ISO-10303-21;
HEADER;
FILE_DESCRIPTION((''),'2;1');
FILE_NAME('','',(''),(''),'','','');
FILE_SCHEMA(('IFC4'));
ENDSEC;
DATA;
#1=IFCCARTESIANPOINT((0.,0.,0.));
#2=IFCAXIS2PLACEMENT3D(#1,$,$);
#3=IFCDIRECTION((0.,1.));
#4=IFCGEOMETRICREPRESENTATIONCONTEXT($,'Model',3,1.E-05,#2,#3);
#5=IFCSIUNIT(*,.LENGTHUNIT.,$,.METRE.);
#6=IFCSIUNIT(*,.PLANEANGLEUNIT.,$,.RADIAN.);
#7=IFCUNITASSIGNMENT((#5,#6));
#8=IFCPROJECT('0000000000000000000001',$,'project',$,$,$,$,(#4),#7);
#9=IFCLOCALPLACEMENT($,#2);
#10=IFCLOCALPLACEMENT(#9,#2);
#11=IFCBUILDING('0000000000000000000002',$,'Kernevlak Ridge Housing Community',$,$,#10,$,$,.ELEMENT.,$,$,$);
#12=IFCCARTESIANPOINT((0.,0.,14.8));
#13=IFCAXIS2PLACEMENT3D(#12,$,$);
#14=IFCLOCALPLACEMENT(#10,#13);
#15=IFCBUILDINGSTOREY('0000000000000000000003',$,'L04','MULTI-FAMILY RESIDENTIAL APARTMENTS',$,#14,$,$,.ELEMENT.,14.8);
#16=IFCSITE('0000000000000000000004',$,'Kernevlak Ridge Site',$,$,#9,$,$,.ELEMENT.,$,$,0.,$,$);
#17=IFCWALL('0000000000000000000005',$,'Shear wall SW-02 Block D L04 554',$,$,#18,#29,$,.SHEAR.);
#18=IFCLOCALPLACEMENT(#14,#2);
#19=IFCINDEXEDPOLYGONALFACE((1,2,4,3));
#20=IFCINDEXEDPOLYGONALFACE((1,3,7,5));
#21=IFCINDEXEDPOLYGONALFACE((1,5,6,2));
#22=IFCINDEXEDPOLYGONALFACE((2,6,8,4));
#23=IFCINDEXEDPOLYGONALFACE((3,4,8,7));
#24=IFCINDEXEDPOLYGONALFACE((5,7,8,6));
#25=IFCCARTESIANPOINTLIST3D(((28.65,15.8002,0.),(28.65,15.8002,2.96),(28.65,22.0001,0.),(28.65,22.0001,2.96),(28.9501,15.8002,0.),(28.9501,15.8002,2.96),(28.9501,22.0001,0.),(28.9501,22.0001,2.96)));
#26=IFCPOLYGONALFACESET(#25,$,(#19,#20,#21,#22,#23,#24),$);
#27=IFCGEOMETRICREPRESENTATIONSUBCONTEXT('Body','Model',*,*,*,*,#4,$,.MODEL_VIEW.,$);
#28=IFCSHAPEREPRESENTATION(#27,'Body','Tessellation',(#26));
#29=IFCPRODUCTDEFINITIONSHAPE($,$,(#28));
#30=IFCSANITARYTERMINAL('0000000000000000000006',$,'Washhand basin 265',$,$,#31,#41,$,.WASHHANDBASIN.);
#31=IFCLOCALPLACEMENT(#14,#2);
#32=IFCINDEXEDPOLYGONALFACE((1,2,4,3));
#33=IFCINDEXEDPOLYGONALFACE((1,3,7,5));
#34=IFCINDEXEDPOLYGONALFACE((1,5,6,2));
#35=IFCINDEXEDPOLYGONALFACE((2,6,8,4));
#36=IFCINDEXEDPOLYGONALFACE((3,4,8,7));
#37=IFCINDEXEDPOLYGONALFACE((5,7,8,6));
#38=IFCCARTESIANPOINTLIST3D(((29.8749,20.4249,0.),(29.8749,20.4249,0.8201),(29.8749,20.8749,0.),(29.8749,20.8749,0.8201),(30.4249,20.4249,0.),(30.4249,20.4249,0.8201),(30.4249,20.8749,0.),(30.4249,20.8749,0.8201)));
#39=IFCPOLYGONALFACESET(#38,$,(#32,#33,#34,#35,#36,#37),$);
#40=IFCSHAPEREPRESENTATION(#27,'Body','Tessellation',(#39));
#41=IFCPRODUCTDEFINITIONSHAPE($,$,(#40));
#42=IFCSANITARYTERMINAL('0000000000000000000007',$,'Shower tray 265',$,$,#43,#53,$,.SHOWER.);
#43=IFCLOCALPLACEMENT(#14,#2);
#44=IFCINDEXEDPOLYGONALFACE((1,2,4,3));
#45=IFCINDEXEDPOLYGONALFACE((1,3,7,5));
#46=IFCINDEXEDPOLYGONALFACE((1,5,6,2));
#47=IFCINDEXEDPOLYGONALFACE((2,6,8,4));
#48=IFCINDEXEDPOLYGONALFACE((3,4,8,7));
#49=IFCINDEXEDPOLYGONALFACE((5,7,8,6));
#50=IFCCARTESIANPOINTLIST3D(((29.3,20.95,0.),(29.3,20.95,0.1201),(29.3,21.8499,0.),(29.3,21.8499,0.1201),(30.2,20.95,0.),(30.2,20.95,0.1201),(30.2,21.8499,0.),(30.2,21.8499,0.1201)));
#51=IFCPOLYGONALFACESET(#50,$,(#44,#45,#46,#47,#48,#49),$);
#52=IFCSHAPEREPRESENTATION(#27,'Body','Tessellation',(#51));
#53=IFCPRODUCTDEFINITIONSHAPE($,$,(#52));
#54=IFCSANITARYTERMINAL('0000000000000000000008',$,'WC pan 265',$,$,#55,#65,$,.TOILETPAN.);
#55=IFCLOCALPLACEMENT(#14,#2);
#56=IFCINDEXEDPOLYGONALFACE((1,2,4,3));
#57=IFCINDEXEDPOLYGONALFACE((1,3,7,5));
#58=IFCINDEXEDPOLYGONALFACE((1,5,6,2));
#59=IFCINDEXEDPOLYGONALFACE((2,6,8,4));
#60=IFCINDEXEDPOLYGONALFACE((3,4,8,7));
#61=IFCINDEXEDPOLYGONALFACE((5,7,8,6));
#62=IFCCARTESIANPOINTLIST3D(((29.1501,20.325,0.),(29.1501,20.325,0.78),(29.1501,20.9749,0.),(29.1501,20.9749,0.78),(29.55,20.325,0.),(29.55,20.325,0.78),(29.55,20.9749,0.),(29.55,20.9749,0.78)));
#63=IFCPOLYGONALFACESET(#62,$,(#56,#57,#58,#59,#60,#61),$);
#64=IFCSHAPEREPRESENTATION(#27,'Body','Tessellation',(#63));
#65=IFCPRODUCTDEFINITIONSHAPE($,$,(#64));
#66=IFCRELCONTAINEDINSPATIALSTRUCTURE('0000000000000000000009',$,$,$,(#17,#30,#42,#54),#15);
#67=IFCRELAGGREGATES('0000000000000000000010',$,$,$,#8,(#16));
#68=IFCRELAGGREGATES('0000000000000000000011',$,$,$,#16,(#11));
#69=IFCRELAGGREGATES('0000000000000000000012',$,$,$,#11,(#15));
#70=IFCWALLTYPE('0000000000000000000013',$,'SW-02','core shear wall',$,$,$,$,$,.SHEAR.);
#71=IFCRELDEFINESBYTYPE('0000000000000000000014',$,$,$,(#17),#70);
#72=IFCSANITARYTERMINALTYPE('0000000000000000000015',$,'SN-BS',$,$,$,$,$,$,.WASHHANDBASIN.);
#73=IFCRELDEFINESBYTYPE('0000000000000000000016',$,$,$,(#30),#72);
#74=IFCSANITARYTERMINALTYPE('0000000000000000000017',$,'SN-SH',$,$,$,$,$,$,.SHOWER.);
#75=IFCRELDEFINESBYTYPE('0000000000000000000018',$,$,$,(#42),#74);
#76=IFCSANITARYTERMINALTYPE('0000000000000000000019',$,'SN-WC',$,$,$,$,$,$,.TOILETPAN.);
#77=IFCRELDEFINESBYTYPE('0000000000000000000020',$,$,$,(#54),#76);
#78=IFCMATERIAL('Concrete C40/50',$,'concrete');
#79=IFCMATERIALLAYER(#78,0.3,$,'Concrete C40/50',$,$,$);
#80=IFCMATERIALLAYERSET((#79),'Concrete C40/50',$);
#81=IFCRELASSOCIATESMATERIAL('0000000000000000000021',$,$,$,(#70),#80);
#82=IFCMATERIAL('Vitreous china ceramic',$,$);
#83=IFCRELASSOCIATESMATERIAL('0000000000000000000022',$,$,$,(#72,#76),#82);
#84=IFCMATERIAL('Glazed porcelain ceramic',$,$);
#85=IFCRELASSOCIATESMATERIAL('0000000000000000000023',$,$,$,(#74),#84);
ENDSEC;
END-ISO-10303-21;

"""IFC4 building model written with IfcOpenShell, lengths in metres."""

from ifc_helpers import new_model, si_unit, direction, frame, frame_2d, origin, origin_2d, place, context, subcontext, project, spatial, rectangle, extrude, material, layer, layer_set, type_object, element, save


model = new_model("IFC4")

# Units and contexts
model_context = context("Model", 3, precision=1e-05, world=origin(), true_north=direction((0.0, 1.0)))
body_context = subcontext(model_context, "Body", "Model", "MODEL_VIEW")
ifc_project = project(units=[si_unit("LENGTHUNIT", "METRE"), si_unit("PLANEANGLEUNIT", "RADIAN")], contexts=[model_context])

# Site, building, storey
site_placement = place(None, origin())
site = spatial("IfcSite", under=ifc_project, at=site_placement, Name="Kernevlak Ridge Site", CompositionType="ELEMENT", RefElevation=0.0)
building_placement = place(site_placement, origin())
building = spatial("IfcBuilding", under=site, at=building_placement, Name="Kernevlak Ridge Housing Community", CompositionType="ELEMENT")
storey_placement = place(building_placement, frame((0.0, 0.0, 14.8)))
storey = spatial("IfcBuildingStorey", under=building, at=storey_placement, Name="L04", Description="MULTI-FAMILY RESIDENTIAL APARTMENTS", CompositionType="ELEMENT", Elevation=14.8)

# Wall
ifc_material_1 = material(Name="Concrete C40/50", Category="concrete")
ifc_layer_1 = layer(ifc_material_1, 0.3, Name="Concrete C40/50")
ifc_layer_set_1 = layer_set([ifc_layer_1], Name="Concrete C40/50")
wall_type_1 = type_object("IfcWallType", Name="SW-02", Description="core shear wall", PredefinedType="SHEAR", material=ifc_layer_set_1)
wall_1_placement = place(storey_placement, frame((28.8, 15.8, 0.0), z_axis=(0.0, 0.0, 1.0), x_axis=(0.0, 1.0, 0.0)))
element("IfcWall", 1, at=wall_1_placement, inside=storey, type_object=wall_type_1, Name="Shear wall SW-02 Block D L04 554", PredefinedType="SHEAR", context=body_context, shape_type="SweptSolid", body=[
    extrude(rectangle(XDim=6.2, YDim=0.3, at=frame_2d((3.1001, 0.0))), origin(), (0.0, 0.0, 1.0), 2.96),
])

# Sanitary terminals
ifc_material_2 = material(Name="Vitreous china ceramic")
sanitary_terminal_type_1 = type_object("IfcSanitaryTerminalType", Name="SN-BS", PredefinedType="WASHHANDBASIN", material=ifc_material_2)
sanitary_terminal_1_placement = place(storey_placement, frame((30.1499, 20.6499, 0.0), z_axis=(0.0, 0.0, 1.0), x_axis=(1.0, 0.0, 0.0)))
element("IfcSanitaryTerminal", 2, at=sanitary_terminal_1_placement, inside=storey, type_object=sanitary_terminal_type_1, Name="Washhand basin 265", PredefinedType="WASHHANDBASIN", context=body_context, shape_type="SweptSolid", body=[
    extrude(rectangle(XDim=0.55, YDim=0.45, at=origin_2d()), origin(), (0.0, 0.0, 1.0), 0.8201),
])
ifc_material_3 = material(Name="Glazed porcelain ceramic")
sanitary_terminal_type_2 = type_object("IfcSanitaryTerminalType", Name="SN-SH", PredefinedType="SHOWER", material=ifc_material_3)
sanitary_terminal_2_placement = place(storey_placement, frame((29.75, 21.3999, 0.0), z_axis=(0.0, 0.0, 1.0), x_axis=(1.0, 0.0, 0.0)))
element("IfcSanitaryTerminal", 3, at=sanitary_terminal_2_placement, inside=storey, type_object=sanitary_terminal_type_2, Name="Shower tray 265", PredefinedType="SHOWER", context=body_context, shape_type="SweptSolid", body=[
    extrude(rectangle(XDim=0.8999, YDim=0.8999, at=origin_2d()), origin(), (0.0, 0.0, 1.0), 0.1201),
])
sanitary_terminal_type_3 = type_object("IfcSanitaryTerminalType", Name="SN-WC", PredefinedType="TOILETPAN", material=ifc_material_2)
sanitary_terminal_3_placement = place(storey_placement, frame((29.3501, 20.6499, 0.0), z_axis=(0.0, 0.0, 1.0), x_axis=(1.0, 0.0, 0.0)))
element("IfcSanitaryTerminal", 4, at=sanitary_terminal_3_placement, inside=storey, type_object=sanitary_terminal_type_3, Name="WC pan 265", PredefinedType="TOILETPAN", context=body_context, shape_type="SweptSolid", body=[
    extrude(rectangle(XDim=0.3999, YDim=0.6499, at=origin_2d()), origin(), (0.0, 0.0, 1.0), 0.78),
])

save(model, "model.ifc")
